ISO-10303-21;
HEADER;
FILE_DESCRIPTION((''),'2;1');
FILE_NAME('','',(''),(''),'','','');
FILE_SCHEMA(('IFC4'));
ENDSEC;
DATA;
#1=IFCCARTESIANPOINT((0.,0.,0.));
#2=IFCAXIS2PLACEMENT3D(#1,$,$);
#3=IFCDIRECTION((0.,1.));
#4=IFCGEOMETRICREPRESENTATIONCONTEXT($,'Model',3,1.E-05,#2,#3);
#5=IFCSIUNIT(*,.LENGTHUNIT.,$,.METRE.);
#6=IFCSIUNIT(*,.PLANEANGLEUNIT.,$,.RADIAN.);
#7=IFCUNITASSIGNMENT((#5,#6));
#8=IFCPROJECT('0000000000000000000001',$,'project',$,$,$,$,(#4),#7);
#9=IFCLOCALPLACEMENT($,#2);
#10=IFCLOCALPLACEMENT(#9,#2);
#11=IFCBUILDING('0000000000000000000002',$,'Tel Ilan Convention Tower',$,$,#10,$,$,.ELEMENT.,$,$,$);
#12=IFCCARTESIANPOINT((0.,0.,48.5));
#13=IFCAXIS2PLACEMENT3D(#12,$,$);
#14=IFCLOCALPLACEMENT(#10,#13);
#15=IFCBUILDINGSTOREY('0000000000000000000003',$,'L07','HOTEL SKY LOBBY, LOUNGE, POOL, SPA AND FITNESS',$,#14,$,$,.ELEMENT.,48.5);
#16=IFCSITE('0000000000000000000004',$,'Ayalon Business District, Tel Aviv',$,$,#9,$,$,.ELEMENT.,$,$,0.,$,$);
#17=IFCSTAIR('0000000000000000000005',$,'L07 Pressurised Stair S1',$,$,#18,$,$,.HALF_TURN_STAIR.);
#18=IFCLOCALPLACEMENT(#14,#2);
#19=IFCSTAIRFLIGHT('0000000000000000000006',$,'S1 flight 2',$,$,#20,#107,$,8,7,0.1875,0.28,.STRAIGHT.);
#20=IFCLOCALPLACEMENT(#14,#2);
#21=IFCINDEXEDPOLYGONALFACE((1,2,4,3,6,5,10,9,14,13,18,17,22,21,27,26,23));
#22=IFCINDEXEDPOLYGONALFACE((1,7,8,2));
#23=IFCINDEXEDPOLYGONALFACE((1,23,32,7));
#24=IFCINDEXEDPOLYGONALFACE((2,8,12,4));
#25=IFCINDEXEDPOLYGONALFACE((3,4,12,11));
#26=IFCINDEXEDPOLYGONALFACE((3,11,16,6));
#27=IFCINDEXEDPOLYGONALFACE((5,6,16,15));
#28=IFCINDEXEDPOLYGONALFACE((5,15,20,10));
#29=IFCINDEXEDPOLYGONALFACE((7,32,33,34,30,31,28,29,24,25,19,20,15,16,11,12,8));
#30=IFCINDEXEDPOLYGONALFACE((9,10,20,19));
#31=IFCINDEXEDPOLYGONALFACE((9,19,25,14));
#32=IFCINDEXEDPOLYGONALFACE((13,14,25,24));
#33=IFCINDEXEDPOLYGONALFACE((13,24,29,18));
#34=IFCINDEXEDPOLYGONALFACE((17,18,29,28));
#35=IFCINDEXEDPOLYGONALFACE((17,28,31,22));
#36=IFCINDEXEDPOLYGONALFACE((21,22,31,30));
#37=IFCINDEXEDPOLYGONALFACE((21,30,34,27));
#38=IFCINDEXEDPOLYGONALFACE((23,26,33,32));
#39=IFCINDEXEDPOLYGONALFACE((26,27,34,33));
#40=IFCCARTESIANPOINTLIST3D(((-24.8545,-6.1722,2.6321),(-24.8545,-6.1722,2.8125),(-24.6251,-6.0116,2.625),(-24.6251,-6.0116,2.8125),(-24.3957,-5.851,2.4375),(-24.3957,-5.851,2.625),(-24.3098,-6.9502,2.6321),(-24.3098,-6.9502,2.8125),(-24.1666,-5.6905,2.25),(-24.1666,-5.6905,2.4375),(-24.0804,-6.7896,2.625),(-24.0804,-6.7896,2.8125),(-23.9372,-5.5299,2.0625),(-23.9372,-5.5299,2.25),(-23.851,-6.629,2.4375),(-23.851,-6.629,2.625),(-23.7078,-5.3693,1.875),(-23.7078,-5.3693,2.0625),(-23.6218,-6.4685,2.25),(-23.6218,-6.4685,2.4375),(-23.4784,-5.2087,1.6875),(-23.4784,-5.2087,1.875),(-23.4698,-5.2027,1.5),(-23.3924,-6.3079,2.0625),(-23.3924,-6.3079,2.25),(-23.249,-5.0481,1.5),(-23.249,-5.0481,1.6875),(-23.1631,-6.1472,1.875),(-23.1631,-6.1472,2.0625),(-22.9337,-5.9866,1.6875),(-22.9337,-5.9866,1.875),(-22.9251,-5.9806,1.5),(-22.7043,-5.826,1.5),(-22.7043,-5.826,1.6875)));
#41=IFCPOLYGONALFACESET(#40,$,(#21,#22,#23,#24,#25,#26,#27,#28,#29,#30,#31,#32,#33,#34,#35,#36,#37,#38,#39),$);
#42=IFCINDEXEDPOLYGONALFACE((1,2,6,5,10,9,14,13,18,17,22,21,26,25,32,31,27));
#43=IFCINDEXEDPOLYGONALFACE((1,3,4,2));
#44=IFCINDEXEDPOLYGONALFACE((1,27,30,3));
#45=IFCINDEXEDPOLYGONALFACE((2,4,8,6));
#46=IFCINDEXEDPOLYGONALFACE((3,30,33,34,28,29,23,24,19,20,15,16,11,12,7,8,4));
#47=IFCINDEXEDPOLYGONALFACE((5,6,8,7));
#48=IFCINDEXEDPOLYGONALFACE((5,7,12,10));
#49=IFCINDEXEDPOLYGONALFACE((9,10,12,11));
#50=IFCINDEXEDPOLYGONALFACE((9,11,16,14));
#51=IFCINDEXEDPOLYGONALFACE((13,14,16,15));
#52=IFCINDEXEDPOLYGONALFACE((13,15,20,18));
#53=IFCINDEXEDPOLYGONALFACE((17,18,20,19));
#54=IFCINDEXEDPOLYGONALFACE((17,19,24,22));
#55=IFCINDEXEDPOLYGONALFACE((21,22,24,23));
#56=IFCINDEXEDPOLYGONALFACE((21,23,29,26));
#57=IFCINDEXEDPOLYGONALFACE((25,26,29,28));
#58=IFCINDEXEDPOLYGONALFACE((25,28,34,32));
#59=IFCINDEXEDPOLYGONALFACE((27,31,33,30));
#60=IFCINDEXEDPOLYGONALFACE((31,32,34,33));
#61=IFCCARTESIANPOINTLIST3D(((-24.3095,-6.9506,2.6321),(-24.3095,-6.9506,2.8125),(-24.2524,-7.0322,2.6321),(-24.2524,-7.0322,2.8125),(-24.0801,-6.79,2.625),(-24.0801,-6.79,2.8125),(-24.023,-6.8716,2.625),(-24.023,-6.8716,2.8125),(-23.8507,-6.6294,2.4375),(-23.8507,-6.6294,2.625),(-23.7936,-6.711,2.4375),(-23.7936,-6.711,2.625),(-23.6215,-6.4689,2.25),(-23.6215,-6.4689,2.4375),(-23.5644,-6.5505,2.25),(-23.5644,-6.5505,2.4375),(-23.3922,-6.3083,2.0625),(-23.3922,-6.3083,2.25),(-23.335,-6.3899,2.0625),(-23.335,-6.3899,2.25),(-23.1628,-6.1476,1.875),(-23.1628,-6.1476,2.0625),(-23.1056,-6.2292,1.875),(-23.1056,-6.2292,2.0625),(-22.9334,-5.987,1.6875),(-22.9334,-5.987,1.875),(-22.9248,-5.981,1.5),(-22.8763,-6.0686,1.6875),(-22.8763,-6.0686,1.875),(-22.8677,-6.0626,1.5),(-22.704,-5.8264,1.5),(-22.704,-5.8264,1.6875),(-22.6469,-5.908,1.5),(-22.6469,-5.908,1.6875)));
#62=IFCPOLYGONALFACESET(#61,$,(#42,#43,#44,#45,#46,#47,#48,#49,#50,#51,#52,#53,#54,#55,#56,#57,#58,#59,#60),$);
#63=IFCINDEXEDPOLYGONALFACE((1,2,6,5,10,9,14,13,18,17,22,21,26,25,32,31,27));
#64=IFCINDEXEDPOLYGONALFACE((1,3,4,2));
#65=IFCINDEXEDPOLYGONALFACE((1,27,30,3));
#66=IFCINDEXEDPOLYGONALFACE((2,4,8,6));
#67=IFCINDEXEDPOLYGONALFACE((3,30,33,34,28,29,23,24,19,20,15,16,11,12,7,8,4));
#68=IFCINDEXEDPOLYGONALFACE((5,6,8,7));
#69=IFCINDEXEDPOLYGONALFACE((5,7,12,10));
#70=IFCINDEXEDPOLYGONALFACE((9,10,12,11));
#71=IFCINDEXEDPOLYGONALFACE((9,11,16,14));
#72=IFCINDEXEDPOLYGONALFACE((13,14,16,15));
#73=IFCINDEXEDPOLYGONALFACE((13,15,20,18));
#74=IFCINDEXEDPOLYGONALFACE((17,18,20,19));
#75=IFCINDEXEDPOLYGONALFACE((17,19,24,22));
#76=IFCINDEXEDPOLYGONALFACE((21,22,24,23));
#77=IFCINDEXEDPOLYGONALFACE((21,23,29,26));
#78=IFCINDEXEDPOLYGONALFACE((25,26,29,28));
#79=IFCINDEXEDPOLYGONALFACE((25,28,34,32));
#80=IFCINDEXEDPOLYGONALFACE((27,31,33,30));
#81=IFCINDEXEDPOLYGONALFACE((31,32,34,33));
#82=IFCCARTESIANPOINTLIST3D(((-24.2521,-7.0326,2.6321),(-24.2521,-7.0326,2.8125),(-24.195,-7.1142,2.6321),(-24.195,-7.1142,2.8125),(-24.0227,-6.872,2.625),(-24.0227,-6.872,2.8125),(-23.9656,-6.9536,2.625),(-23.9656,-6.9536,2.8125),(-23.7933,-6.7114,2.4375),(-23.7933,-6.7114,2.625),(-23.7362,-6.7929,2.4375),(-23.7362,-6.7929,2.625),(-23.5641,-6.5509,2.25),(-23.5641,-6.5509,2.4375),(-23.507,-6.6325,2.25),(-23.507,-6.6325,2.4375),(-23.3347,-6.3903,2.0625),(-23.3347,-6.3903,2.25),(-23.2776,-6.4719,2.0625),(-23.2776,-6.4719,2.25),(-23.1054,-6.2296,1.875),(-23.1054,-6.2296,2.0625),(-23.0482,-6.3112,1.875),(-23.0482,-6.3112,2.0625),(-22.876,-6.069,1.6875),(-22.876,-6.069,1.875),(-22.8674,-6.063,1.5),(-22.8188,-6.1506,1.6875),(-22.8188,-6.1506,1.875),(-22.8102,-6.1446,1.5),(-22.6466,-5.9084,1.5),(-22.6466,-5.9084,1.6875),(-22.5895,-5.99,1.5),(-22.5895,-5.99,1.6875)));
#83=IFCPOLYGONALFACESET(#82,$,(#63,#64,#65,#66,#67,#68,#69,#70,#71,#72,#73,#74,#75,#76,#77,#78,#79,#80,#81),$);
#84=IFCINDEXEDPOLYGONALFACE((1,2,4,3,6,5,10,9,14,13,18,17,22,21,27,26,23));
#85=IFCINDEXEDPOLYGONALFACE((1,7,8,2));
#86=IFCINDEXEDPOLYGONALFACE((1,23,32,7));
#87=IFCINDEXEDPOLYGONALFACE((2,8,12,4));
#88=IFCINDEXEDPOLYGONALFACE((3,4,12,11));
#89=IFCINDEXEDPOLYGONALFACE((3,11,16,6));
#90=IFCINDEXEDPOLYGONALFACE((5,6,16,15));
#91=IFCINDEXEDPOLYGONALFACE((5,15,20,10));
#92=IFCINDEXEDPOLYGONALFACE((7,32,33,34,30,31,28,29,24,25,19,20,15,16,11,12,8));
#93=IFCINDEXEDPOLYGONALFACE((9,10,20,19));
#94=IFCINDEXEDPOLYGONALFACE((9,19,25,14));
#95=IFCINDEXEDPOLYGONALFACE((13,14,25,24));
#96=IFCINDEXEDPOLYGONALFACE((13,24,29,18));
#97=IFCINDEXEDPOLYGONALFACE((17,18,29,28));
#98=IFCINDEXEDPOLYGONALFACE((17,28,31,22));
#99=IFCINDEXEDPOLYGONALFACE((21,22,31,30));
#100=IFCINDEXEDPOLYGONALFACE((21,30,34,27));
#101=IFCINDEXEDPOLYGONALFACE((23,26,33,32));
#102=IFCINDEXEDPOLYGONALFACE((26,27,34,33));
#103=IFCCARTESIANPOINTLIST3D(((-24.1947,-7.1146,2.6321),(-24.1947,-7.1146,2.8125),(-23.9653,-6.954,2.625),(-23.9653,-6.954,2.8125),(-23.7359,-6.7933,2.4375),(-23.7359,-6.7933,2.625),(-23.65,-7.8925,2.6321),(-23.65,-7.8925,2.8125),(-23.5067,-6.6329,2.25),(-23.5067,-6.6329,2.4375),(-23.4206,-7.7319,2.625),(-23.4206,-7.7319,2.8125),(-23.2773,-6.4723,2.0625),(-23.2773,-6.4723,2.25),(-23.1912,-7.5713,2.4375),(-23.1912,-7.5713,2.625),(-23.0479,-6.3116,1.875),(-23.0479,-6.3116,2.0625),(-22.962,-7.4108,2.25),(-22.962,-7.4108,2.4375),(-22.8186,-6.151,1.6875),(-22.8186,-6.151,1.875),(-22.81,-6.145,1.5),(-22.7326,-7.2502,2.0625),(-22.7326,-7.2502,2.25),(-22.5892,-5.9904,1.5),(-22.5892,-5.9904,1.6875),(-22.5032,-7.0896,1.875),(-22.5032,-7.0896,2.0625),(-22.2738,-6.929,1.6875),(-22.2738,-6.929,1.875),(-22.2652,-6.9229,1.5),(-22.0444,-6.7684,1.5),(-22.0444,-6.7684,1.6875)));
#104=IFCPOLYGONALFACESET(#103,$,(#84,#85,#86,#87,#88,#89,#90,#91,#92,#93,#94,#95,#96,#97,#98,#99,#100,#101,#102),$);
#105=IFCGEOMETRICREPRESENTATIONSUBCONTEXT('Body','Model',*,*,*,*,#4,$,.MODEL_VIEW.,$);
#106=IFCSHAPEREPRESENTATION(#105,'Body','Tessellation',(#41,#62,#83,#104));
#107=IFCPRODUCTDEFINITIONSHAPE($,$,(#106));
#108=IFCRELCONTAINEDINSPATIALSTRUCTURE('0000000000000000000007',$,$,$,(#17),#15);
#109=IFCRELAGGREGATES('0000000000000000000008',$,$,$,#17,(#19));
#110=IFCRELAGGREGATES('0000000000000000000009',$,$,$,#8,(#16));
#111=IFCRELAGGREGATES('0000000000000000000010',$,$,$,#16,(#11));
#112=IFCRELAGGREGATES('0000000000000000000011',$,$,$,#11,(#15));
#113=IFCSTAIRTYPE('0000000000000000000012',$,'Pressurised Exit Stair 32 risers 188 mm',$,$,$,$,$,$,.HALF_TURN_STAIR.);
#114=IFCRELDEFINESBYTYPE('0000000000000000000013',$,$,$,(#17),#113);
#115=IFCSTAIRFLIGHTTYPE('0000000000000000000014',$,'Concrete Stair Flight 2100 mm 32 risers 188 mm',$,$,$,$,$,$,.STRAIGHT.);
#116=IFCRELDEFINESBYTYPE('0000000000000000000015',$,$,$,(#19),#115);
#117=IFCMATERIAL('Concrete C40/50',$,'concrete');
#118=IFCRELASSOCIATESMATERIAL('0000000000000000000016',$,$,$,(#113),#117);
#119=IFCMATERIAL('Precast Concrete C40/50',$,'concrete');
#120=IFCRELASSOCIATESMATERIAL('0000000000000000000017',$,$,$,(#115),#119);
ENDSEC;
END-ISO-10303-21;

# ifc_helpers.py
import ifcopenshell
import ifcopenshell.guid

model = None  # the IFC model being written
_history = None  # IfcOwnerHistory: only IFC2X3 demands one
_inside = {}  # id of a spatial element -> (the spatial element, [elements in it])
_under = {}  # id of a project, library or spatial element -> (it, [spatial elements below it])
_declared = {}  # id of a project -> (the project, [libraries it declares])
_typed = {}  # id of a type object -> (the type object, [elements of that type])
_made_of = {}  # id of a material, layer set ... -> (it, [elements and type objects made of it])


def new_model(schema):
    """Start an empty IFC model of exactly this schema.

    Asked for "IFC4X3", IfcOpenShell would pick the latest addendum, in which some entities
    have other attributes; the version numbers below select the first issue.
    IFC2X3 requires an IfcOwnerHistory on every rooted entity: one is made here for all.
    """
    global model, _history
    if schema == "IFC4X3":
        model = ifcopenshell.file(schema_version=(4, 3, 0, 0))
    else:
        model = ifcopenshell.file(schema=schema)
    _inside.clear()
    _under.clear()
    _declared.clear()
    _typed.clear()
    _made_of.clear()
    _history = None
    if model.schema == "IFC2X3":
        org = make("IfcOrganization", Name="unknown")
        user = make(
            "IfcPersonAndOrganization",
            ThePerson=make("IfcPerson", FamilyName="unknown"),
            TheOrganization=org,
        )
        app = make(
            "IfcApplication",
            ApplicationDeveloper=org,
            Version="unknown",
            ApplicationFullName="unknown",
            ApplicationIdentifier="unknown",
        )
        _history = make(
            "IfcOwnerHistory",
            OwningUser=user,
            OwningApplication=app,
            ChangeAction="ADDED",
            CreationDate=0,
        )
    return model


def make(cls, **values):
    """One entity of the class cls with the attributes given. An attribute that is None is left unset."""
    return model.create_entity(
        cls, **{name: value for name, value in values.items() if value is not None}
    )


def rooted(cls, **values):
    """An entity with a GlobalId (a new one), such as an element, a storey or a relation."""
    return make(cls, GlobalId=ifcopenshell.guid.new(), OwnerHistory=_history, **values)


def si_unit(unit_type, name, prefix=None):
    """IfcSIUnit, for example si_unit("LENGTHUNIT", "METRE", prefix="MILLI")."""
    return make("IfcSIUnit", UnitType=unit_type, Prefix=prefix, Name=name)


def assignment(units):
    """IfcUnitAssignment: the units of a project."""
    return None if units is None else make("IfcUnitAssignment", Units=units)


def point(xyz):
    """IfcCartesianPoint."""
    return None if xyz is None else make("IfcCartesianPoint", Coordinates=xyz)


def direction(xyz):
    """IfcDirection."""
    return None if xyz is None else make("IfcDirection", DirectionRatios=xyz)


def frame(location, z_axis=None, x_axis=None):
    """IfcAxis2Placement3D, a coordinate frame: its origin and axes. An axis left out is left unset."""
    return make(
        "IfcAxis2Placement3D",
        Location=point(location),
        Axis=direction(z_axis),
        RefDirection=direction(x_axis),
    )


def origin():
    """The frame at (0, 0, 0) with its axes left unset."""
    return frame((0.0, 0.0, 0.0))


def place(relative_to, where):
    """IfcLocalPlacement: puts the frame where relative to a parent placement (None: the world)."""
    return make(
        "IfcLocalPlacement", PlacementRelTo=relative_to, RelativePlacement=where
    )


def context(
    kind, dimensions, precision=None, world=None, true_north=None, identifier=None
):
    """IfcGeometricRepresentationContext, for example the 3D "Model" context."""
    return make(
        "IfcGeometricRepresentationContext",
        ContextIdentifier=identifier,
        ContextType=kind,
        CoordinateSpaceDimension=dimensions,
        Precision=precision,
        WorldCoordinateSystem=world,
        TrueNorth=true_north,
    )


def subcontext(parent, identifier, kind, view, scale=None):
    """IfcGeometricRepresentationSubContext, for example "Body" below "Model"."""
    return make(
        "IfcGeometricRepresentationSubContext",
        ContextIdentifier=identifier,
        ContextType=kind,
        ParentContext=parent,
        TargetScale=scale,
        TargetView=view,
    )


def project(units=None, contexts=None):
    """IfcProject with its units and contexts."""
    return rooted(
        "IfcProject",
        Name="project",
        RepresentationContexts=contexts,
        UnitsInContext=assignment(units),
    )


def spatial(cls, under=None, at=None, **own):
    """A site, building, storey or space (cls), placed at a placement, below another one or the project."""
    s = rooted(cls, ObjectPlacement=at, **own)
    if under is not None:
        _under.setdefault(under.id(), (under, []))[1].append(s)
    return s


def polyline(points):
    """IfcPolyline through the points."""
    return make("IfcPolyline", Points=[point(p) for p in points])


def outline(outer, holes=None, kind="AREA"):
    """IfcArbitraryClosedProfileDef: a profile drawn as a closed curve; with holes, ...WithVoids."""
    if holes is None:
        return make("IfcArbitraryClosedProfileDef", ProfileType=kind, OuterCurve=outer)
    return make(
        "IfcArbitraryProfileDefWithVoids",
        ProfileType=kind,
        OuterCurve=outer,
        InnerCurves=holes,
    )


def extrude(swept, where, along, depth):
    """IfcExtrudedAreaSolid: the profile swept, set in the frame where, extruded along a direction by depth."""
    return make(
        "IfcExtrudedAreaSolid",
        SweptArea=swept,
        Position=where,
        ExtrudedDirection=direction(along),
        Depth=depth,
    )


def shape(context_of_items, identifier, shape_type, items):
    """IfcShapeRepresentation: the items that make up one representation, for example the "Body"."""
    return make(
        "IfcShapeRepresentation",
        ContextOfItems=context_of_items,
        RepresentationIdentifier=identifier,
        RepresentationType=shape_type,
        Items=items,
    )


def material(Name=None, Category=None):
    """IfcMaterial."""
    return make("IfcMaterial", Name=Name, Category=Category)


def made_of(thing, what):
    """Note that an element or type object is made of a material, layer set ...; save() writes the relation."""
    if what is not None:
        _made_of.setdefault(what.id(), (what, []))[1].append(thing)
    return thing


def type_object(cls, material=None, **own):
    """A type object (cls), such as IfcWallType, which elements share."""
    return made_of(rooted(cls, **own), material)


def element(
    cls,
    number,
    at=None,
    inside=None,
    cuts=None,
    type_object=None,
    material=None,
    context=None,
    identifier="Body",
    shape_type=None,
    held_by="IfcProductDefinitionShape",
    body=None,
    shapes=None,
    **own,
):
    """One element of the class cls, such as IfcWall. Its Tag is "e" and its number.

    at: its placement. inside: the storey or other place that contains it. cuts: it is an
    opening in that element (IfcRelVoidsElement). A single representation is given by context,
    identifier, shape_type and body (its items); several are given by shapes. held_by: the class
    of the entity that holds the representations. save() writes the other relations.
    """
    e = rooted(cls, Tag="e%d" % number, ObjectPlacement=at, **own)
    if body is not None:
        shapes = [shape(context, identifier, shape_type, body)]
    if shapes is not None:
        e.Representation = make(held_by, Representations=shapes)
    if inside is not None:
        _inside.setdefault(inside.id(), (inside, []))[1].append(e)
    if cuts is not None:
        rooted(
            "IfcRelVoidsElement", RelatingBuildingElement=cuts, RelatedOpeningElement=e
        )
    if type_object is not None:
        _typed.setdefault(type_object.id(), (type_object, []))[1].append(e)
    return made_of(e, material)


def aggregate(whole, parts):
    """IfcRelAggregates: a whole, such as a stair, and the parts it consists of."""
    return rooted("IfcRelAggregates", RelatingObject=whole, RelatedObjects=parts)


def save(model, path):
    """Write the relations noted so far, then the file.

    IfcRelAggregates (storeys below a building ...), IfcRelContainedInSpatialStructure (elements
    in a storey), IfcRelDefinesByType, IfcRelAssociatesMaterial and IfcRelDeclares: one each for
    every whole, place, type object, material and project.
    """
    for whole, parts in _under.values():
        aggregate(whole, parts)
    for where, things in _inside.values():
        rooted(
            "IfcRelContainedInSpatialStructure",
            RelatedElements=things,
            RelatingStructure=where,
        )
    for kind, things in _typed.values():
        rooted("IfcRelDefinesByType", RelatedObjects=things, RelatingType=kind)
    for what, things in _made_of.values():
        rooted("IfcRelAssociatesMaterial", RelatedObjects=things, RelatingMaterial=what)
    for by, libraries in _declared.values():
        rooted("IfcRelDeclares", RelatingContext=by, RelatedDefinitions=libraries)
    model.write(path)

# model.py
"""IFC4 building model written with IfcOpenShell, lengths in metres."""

from ifc_helpers import new_model, si_unit, direction, frame, origin, place, context, subcontext, project, spatial, polyline, outline, extrude, material, type_object, element, aggregate, save


model = new_model("IFC4")

# Units and contexts
model_context = context("Model", 3, precision=1e-05, world=origin(), true_north=direction((0.0, 1.0)))
body_context = subcontext(model_context, "Body", "Model", "MODEL_VIEW")
ifc_project = project(units=[si_unit("LENGTHUNIT", "METRE"), si_unit("PLANEANGLEUNIT", "RADIAN")], contexts=[model_context])

# Site, building, storey
site_placement = place(None, origin())
site = spatial("IfcSite", under=ifc_project, at=site_placement, Name="Ayalon Business District, Tel Aviv", CompositionType="ELEMENT", RefElevation=0.0)
building_placement = place(site_placement, origin())
building = spatial("IfcBuilding", under=site, at=building_placement, Name="Tel Ilan Convention Tower", CompositionType="ELEMENT")
storey_placement = place(building_placement, frame((0.0, 0.0, 48.5)))
storey = spatial("IfcBuildingStorey", under=building, at=storey_placement, Name="L07", Description="HOTEL SKY LOBBY, LOUNGE, POOL, SPA AND FITNESS", CompositionType="ELEMENT", Elevation=48.5)

# Stair, stair flight
ifc_material_1 = material(Name="Concrete C40/50", Category="concrete")
stair_type = type_object("IfcStairType", Name="Pressurised Exit Stair 32 risers 188 mm", PredefinedType="HALF_TURN_STAIR", material=ifc_material_1)
stair_1_placement = place(storey_placement, origin())
stair_1 = element("IfcStair", 1, at=stair_1_placement, inside=storey, type_object=stair_type, Name="L07 Pressurised Stair S1", PredefinedType="HALF_TURN_STAIR")
ifc_material_2 = material(Name="Precast Concrete C40/50", Category="concrete")
stair_flight_type = type_object("IfcStairFlightType", Name="Concrete Stair Flight 2100 mm 32 risers 188 mm", PredefinedType="STRAIGHT", material=ifc_material_2)
stair_flight_1_placement = place(storey_placement, frame((-22.6467, -5.9082, 1.5), z_axis=(0.0, 0.0, 1.0), x_axis=(-0.819152, -0.573576, 0.0)))
stair_flight_1 = element("IfcStairFlight", 2, at=stair_flight_1_placement, type_object=stair_flight_type, Name="S1 flight 2", NumberOfRisers=8, NumberOfTreads=7, PredefinedType="STRAIGHT", RiserHeight=0.1875, TreadLength=0.28, context=body_context, shape_type="SweptSolid", body=[
    extrude(outline(polyline([(0.0, 0.0), (0.0, 0.1875), (0.28, 0.1875), (0.28, 0.375), (0.5601, 0.375), (0.5601, 0.5625), (0.8401, 0.5625), (0.8401, 0.75), (1.1201, 0.75), (1.1201, 0.9375), (1.3999, 0.9375), (1.3999, 1.125), (1.6799, 1.125), (1.6799, 1.3125), (1.96, 1.3125), (1.96, 1.5), (1.96, 1.1321), (0.2695, 0.0), (0.0, 0.0)])), frame((0.0, -0.1003, 0.0), z_axis=(0.0, -1.0, 0.0), x_axis=(1.0, 0.0, 0.0)), (0.0, 0.0, 1.0), 0.9497),
    extrude(outline(polyline([(0.0, 0.0), (0.0, 0.1875), (0.28, 0.1875), (0.28, 0.375), (0.5601, 0.375), (0.5601, 0.5625), (0.8401, 0.5625), (0.8401, 0.75), (1.1201, 0.75), (1.1201, 0.9375), (1.3999, 0.9375), (1.3999, 1.125), (1.6799, 1.125), (1.6799, 1.3125), (1.96, 1.3125), (1.96, 1.5), (1.96, 1.1321), (0.2695, 0.0), (0.0, 0.0)])), frame((0.0, -0.0002, 0.0), z_axis=(0.0, -1.0, 0.0), x_axis=(1.0, 0.0, 0.0)), (0.0, 0.0, 1.0), 0.0996),
    extrude(outline(polyline([(0.0, 0.0), (0.0, 0.1875), (0.28, 0.1875), (0.28, 0.375), (0.5601, 0.375), (0.5601, 0.5625), (0.8401, 0.5625), (0.8401, 0.75), (1.1201, 0.75), (1.1201, 0.9375), (1.3999, 0.9375), (1.3999, 1.125), (1.6799, 1.125), (1.6799, 1.3125), (1.96, 1.3125), (1.96, 1.5), (1.96, 1.1321), (0.2695, 0.0), (0.0, 0.0)])), frame((0.0, 0.0999, 0.0), z_axis=(0.0, -1.0, 0.0), x_axis=(1.0, 0.0, 0.0)), (0.0, 0.0, 1.0), 0.0996),
    extrude(outline(polyline([(0.0, 0.0), (0.0, 0.1875), (0.28, 0.1875), (0.28, 0.375), (0.5601, 0.375), (0.5601, 0.5625), (0.8401, 0.5625), (0.8401, 0.75), (1.1201, 0.75), (1.1201, 0.9375), (1.3999, 0.9375), (1.3999, 1.125), (1.6799, 1.125), (1.6799, 1.3125), (1.96, 1.3125), (1.96, 1.5), (1.96, 1.1321), (0.2695, 0.0), (0.0, 0.0)])), frame((0.0, 1.05, 0.0), z_axis=(0.0, -1.0, 0.0), x_axis=(1.0, 0.0, 0.0)), (0.0, 0.0, 1.0), 0.9497),
])
aggregate(stair_1, [stair_flight_1])

save(model, "model.ifc")
